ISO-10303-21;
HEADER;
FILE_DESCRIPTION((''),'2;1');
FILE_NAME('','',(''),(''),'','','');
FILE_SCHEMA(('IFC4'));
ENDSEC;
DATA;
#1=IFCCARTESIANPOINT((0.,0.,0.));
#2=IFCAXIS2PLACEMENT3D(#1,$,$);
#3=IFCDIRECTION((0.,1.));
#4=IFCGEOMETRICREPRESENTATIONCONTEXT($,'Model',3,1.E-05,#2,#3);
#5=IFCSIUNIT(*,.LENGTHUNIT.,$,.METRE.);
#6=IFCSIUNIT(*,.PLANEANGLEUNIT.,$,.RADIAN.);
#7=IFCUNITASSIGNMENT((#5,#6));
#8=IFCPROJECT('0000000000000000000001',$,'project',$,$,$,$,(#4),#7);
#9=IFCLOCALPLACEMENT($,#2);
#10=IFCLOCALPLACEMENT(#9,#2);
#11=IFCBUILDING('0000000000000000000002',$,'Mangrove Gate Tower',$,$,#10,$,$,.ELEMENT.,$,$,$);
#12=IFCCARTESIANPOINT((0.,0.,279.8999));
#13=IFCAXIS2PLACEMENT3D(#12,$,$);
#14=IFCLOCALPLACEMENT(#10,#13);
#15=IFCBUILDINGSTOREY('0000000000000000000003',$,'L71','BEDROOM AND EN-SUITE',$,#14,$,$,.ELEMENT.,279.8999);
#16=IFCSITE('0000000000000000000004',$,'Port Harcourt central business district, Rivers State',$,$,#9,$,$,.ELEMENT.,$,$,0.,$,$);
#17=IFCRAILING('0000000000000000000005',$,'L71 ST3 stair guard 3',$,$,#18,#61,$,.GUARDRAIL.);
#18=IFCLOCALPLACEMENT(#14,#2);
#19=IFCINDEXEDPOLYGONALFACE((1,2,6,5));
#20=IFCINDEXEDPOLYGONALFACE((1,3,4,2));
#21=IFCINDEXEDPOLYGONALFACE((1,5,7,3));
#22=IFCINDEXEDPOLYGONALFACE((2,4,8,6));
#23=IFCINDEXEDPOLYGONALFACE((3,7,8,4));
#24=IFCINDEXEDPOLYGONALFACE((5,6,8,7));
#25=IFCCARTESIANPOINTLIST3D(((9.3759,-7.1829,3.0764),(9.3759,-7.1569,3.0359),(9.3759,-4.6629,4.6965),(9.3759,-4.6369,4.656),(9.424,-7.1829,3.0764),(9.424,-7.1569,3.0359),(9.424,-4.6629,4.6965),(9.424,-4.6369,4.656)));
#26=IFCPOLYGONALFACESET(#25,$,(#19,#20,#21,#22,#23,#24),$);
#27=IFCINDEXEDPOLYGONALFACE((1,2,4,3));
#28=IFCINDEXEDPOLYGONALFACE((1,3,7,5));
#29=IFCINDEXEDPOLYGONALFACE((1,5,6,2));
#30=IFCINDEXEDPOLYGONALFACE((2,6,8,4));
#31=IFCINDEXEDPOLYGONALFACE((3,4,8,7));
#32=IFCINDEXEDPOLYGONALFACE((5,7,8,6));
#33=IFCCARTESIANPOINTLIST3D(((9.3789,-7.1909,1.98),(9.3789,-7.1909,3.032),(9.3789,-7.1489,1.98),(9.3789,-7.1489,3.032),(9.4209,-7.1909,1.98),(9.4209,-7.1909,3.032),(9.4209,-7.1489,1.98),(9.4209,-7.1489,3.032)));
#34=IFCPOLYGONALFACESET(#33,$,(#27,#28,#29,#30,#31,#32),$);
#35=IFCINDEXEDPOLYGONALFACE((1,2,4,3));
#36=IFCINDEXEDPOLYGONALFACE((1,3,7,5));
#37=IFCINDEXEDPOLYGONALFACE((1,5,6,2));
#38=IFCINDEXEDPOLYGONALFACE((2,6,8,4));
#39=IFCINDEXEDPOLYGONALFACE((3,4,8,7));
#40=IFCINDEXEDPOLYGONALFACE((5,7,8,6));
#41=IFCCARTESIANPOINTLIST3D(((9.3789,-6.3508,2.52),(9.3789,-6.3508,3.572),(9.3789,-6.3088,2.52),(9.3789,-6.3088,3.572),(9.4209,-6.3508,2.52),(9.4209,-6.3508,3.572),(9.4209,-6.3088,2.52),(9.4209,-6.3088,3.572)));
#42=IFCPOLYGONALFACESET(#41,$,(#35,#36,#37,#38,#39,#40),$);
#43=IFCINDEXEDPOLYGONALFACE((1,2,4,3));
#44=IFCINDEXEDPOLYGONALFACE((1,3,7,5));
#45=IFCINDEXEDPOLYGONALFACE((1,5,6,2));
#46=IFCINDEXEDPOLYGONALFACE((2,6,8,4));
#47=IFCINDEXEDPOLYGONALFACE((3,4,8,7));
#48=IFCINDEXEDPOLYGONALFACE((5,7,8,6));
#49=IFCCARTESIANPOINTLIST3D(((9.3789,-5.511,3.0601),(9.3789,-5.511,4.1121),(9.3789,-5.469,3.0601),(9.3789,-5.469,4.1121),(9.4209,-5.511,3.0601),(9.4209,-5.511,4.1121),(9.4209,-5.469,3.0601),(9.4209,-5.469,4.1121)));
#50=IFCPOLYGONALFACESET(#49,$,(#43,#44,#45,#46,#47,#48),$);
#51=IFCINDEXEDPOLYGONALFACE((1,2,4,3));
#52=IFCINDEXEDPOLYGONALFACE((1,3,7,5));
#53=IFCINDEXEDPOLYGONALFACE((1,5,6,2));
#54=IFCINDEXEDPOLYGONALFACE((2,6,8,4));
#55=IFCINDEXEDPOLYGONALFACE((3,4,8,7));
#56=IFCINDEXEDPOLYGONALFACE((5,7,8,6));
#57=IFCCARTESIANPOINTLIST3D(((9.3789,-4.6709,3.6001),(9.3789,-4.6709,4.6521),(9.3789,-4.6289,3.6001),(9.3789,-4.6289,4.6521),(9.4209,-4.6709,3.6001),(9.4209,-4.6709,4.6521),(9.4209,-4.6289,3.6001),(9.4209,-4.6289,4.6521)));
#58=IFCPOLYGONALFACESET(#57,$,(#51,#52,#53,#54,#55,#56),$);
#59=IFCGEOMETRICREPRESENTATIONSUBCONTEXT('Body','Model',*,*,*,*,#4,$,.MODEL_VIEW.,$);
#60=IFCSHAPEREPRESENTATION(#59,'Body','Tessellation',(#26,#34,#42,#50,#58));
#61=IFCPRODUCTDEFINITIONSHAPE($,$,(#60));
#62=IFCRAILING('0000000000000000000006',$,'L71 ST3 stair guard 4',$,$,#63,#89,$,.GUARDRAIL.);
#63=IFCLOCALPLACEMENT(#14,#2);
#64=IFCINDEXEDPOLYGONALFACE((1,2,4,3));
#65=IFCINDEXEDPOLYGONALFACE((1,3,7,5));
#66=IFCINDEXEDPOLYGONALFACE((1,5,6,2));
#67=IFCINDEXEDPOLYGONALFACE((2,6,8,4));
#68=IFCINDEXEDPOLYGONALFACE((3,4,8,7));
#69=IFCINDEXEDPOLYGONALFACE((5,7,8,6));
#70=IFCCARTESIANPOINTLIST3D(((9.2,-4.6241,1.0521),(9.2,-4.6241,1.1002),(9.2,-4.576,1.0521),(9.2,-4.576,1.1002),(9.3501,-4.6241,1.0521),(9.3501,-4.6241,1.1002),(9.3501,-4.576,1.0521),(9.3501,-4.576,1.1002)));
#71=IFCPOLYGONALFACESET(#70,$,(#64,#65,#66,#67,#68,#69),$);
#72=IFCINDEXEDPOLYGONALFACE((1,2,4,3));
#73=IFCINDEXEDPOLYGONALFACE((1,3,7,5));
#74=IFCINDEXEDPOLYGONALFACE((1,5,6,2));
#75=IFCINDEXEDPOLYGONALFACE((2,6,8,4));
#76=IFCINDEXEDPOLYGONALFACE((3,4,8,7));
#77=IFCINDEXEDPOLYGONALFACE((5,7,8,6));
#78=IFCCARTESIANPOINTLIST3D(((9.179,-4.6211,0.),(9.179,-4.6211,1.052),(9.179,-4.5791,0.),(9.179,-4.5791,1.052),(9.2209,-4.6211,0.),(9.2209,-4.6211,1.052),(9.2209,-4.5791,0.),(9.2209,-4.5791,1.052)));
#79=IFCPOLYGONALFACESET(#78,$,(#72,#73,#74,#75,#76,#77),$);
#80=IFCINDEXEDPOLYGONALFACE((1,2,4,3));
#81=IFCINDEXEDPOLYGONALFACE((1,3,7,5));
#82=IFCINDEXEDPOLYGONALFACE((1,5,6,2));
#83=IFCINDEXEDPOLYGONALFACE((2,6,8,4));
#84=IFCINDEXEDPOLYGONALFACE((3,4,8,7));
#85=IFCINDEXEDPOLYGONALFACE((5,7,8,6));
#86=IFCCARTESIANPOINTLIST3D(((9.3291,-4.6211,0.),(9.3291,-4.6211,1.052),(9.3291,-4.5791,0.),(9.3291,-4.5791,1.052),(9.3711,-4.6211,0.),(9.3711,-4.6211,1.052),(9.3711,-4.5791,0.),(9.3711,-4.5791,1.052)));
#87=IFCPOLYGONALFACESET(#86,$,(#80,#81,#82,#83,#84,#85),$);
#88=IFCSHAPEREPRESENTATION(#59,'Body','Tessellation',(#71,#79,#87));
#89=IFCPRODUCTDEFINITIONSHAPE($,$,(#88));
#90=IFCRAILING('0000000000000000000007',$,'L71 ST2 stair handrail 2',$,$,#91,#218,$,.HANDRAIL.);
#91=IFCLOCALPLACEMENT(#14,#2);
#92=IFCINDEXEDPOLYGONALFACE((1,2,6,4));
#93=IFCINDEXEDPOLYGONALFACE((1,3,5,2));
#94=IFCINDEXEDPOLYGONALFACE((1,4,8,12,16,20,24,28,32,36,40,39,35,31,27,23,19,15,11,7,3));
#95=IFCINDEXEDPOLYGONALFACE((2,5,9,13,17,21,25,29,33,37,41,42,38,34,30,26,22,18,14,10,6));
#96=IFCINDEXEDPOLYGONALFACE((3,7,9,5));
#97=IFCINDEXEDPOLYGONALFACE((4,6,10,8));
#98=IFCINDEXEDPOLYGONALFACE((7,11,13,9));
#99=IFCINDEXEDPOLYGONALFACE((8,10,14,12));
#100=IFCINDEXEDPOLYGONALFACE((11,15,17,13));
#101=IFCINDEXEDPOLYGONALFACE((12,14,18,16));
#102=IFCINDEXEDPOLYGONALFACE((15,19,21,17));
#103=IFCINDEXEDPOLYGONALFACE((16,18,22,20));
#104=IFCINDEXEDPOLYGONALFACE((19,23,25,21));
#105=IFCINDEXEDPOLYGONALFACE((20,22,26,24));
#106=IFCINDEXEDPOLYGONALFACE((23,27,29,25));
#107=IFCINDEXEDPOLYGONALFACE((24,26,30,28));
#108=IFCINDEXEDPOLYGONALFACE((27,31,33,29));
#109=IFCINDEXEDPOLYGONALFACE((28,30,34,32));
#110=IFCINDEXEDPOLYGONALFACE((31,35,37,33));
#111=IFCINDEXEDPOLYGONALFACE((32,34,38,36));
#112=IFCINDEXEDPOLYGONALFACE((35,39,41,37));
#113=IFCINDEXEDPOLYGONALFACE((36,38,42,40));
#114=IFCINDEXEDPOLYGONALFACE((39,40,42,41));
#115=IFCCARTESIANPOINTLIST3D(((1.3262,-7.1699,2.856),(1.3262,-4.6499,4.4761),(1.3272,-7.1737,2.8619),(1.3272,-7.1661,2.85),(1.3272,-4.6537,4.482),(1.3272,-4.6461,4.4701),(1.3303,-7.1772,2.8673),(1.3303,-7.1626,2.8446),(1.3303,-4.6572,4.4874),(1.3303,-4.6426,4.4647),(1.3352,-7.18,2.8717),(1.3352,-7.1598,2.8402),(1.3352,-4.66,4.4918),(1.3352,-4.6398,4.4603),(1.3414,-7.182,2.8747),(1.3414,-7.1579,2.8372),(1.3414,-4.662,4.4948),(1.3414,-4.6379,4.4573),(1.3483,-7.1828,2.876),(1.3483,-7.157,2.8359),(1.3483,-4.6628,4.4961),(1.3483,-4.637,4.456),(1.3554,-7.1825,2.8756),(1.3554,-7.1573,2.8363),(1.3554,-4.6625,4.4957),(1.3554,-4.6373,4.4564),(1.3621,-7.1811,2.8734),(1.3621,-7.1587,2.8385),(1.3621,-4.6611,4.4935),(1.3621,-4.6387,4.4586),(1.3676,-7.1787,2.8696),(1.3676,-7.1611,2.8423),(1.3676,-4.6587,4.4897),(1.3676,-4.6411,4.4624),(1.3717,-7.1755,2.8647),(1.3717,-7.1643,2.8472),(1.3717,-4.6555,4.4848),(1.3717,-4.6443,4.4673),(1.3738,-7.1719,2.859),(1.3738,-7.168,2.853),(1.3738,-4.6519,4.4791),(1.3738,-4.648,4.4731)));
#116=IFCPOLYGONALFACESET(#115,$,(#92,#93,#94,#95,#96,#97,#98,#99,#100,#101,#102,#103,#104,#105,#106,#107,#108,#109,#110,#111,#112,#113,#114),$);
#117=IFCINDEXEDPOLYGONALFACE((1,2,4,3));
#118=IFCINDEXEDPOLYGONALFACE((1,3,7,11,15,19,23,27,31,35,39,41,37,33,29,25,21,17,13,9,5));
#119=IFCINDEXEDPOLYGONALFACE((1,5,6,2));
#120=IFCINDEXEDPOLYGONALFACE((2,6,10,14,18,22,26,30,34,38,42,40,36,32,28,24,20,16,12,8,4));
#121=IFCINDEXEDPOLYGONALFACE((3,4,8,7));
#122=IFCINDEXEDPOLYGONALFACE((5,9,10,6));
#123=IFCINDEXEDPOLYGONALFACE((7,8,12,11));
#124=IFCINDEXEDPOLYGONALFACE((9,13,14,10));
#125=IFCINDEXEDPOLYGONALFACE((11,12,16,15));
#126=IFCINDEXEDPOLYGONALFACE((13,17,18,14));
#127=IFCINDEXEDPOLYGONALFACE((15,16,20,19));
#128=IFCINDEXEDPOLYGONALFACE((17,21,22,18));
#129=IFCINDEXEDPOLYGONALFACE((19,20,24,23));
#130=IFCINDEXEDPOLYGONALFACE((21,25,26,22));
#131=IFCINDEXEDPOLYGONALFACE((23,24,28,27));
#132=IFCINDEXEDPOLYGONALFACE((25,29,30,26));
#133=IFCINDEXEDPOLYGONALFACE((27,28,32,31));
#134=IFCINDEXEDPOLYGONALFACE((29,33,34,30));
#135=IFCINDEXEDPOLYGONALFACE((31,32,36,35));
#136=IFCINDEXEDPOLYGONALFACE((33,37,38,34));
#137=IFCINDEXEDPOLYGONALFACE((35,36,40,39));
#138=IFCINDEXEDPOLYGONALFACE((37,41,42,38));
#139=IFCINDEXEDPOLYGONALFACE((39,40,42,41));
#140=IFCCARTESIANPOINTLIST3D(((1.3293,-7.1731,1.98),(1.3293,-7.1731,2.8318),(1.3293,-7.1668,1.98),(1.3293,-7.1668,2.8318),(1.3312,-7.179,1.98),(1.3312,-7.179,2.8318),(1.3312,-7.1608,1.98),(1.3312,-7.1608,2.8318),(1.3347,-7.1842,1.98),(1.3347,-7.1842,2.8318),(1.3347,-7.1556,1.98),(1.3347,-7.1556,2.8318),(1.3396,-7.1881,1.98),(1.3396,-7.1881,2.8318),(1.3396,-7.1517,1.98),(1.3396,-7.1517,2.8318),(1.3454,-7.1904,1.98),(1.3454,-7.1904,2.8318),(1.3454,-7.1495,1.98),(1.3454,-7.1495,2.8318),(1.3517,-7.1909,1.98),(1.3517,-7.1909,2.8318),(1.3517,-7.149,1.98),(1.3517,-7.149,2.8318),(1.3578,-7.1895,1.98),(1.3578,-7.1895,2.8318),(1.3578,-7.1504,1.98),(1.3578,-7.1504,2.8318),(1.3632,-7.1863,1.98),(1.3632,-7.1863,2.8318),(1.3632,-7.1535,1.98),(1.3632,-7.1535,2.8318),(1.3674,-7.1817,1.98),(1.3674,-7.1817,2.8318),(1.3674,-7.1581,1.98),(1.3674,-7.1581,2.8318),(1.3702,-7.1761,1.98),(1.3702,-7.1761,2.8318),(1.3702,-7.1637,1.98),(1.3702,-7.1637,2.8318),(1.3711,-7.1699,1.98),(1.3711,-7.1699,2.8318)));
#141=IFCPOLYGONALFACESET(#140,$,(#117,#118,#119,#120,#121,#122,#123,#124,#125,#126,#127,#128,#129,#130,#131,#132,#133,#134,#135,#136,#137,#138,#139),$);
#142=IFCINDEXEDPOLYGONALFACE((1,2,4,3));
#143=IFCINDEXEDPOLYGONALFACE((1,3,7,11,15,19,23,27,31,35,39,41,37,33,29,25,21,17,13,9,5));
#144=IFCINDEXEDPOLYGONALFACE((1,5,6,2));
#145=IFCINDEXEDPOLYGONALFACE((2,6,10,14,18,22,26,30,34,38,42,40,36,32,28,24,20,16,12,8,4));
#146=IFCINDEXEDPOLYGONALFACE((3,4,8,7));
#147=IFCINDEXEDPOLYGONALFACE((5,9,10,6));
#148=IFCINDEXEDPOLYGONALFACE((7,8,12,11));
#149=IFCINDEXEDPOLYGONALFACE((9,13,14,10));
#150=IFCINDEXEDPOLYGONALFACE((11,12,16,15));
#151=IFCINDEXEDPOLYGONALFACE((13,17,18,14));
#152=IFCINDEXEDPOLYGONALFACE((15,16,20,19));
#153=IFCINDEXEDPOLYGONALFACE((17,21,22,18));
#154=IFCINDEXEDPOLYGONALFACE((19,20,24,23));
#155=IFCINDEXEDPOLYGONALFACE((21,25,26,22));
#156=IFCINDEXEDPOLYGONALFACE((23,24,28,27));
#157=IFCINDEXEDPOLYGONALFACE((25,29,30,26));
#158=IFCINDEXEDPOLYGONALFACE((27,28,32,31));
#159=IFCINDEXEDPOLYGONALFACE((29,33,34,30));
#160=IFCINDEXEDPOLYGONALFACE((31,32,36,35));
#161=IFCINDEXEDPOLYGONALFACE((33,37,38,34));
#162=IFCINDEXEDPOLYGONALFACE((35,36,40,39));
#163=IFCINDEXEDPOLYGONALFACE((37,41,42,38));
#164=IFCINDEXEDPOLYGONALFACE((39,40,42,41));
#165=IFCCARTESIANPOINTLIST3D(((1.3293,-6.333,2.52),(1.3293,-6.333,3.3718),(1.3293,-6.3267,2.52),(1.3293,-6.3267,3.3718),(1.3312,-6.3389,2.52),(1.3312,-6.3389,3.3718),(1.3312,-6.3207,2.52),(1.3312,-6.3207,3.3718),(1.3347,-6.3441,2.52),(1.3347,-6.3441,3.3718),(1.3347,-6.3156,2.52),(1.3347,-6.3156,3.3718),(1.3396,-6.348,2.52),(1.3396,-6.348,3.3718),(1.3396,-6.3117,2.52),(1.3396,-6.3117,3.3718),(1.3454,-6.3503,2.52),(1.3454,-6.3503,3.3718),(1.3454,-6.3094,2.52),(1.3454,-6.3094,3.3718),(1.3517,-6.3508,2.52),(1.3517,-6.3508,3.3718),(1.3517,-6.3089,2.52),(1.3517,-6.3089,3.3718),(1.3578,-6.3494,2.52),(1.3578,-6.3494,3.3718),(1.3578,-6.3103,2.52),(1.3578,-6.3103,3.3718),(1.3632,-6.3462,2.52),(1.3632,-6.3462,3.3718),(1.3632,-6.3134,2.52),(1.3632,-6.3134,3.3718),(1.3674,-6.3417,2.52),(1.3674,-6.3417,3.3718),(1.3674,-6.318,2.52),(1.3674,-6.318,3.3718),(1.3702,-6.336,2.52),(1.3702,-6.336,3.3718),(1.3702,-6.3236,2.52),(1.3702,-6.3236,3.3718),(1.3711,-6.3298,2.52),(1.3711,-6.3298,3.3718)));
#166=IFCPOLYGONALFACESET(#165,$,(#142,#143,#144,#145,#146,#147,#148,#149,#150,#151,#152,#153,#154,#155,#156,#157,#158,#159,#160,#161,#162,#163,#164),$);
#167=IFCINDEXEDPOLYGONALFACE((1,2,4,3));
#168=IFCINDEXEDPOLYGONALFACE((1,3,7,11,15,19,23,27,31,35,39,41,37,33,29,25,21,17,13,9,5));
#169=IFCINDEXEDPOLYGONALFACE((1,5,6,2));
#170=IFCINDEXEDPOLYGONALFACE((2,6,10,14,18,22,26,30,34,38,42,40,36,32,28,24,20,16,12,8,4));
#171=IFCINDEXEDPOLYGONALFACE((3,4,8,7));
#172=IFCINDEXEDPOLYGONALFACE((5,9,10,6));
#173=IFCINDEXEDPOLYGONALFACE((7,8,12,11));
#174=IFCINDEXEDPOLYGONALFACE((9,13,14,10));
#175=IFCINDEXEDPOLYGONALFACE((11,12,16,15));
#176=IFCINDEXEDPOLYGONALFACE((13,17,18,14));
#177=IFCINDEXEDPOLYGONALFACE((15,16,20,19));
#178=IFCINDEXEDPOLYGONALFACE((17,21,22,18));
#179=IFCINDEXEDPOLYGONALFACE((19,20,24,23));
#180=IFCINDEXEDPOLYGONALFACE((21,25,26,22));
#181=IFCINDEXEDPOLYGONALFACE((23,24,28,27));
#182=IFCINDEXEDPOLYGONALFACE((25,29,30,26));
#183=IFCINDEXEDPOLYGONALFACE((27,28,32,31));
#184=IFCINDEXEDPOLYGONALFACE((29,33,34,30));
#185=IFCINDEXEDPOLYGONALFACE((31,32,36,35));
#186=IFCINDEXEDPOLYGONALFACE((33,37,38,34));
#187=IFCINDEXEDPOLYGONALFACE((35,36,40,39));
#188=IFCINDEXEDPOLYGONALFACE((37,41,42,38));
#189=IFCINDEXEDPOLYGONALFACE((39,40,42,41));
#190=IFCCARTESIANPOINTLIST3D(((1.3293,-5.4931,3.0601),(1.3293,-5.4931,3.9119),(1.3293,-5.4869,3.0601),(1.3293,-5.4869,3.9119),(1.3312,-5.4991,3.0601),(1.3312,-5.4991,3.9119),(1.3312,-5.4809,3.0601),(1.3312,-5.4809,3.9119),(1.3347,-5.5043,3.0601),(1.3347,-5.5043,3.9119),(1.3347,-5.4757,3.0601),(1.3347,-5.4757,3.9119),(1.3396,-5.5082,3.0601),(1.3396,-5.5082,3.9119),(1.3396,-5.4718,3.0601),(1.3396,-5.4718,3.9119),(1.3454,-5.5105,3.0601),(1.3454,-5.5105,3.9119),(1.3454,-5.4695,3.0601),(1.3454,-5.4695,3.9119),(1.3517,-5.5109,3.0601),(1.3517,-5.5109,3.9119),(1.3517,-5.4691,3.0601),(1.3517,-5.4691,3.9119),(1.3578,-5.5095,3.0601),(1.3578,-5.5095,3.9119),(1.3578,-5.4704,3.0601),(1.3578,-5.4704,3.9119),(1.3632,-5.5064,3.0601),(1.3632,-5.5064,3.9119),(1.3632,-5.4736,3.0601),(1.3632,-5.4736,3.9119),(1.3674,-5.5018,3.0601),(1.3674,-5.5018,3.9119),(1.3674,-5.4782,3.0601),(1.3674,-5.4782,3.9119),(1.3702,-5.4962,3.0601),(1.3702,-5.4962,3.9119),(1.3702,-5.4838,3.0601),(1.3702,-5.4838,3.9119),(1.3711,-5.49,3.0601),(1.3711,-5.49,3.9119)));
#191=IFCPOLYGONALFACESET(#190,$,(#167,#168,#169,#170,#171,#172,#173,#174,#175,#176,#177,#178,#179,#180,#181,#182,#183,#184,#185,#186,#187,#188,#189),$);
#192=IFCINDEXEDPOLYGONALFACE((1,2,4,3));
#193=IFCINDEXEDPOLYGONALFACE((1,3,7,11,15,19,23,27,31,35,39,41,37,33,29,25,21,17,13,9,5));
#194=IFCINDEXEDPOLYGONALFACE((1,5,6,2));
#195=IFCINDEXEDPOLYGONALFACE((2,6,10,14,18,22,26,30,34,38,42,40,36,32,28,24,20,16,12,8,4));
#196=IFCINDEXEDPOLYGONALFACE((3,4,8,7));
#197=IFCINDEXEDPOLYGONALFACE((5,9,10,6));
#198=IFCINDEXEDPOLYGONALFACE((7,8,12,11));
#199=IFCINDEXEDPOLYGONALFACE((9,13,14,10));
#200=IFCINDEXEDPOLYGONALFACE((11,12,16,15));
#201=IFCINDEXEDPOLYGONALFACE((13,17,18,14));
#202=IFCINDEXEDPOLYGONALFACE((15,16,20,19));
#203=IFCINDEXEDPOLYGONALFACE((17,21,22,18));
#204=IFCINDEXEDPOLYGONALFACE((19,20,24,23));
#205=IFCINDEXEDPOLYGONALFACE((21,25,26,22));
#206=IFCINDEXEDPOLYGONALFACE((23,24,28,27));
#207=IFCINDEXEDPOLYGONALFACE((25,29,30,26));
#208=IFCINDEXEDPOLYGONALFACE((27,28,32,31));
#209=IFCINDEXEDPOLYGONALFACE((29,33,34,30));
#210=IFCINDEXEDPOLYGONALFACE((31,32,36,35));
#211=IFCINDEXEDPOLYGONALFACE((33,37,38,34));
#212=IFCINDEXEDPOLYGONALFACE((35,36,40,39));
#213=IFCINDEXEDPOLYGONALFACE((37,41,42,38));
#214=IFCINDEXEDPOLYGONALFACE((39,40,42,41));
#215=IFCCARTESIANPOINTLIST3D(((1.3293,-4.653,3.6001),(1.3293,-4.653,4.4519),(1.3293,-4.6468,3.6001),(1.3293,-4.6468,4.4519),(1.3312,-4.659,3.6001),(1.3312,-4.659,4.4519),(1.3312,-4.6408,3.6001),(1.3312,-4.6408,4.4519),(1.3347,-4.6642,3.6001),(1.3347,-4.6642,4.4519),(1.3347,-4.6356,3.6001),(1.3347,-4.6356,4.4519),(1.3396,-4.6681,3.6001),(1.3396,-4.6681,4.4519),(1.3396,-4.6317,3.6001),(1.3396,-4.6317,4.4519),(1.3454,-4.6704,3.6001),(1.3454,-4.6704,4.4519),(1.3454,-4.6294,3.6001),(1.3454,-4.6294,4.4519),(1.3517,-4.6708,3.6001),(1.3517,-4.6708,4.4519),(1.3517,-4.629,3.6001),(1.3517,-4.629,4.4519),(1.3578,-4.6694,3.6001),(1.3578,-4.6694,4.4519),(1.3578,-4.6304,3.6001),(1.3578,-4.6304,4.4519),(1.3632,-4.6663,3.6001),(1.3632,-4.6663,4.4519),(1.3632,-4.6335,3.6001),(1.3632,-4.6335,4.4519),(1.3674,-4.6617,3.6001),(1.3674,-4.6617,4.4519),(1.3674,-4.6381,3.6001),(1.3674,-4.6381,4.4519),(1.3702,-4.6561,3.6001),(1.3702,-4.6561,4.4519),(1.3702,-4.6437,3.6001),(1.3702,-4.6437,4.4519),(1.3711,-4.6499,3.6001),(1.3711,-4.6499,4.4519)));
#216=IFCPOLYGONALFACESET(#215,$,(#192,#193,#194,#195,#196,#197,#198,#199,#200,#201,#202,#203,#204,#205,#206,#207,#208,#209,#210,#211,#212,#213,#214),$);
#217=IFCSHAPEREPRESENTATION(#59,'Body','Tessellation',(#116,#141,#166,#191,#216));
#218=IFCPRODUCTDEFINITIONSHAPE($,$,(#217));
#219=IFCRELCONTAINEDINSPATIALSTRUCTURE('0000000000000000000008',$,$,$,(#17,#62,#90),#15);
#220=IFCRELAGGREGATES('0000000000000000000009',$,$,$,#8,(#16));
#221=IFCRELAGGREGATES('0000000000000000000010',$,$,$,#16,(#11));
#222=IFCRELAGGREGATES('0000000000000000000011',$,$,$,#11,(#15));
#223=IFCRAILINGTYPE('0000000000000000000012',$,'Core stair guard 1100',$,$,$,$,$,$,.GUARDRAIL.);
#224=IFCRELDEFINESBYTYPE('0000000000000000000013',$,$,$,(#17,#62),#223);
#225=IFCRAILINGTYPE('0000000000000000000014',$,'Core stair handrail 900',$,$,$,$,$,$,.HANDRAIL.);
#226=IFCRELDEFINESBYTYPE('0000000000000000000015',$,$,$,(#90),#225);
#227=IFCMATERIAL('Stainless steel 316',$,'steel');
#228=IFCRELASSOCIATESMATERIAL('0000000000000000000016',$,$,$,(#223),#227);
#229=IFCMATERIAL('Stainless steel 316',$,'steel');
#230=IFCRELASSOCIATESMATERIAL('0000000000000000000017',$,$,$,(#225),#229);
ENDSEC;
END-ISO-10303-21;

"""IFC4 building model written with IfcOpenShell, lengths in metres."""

from ifc_helpers import new_model, si_unit, direction, frame, origin, origin_2d, place, context, subcontext, project, spatial, rectangle, circle, extrude, material, type_object, element, save


model = new_model("IFC4")

# Units and contexts
model_context = context("Model", 3, precision=1e-05, world=origin(), true_north=direction((0.0, 1.0)))
body_context = subcontext(model_context, "Body", "Model", "MODEL_VIEW")
ifc_project = project(units=[si_unit("LENGTHUNIT", "METRE"), si_unit("PLANEANGLEUNIT", "RADIAN")], contexts=[model_context])

# Site, building, storey
site_placement = place(None, origin())
site = spatial("IfcSite", under=ifc_project, at=site_placement, Name="Port Harcourt central business district, Rivers State", CompositionType="ELEMENT", RefElevation=0.0)
building_placement = place(site_placement, origin())
building = spatial("IfcBuilding", under=site, at=building_placement, Name="Mangrove Gate Tower", CompositionType="ELEMENT")
storey_placement = place(building_placement, frame((0.0, 0.0, 279.8999)))
storey = spatial("IfcBuildingStorey", under=building, at=storey_placement, Name="L71", Description="BEDROOM AND EN-SUITE", CompositionType="ELEMENT", Elevation=279.8999)

# Railings
ifc_material_1 = material(Name="Stainless steel 316", Category="steel")
railing_type_1 = type_object("IfcRailingType", Name="Core stair guard 1100", PredefinedType="GUARDRAIL", material=ifc_material_1)
railing_1_placement = place(storey_placement, frame((9.3999, -7.1699, 1.98)))
element("IfcRailing", 1, at=railing_1_placement, inside=storey, type_object=railing_type_1, Name="L71 ST3 stair guard 3", PredefinedType="GUARDRAIL", context=body_context, shape_type="SweptSolid", body=[
    extrude(rectangle(XDim=0.0481, YDim=0.0481, at=origin_2d()), frame((0.0, 0.0, 1.0762), z_axis=(0.0, 0.841163, 0.540782), x_axis=(-1.0, 0.0, 0.0)), (0.0, 0.0, 1.0), 2.9958),
    extrude(rectangle(XDim=0.042, YDim=0.042, at=origin_2d()), origin(), (0.0, 0.0, 1.0), 1.052),
    extrude(rectangle(XDim=0.042, YDim=0.042, at=origin_2d()), frame((0.0, 0.8401, 0.54)), (0.0, 0.0, 1.0), 1.052),
    extrude(rectangle(XDim=0.042, YDim=0.042, at=origin_2d()), frame((0.0, 1.6799, 1.0801)), (0.0, 0.0, 1.0), 1.052),
    extrude(rectangle(XDim=0.042, YDim=0.042, at=origin_2d()), frame((0.0, 2.52, 1.6201)), (0.0, 0.0, 1.0), 1.052),
])
railing_2_placement = place(storey_placement, frame((9.2, -4.6001, 0.0)))
element("IfcRailing", 2, at=railing_2_placement, inside=storey, type_object=railing_type_1, Name="L71 ST3 stair guard 4", PredefinedType="GUARDRAIL", context=body_context, shape_type="SweptSolid", body=[
    extrude(rectangle(XDim=0.0481, YDim=0.0481, at=origin_2d()), frame((0.0, 0.0, 1.0762), z_axis=(1.0, 0.0, 0.0), x_axis=(0.0, 1.0, 0.0)), (0.0, 0.0, 1.0), 0.1501),
    extrude(rectangle(XDim=0.042, YDim=0.042, at=origin_2d()), origin(), (0.0, 0.0, 1.0), 1.052),
    extrude(rectangle(XDim=0.042, YDim=0.042, at=origin_2d()), frame((0.1501, 0.0, 0.0)), (0.0, 0.0, 1.0), 1.052),
])
ifc_material_2 = material(Name="Stainless steel 316", Category="steel")
railing_type_2 = type_object("IfcRailingType", Name="Core stair handrail 900", PredefinedType="HANDRAIL", material=ifc_material_2)
railing_3_placement = place(storey_placement, frame((1.3501, -7.1699, 1.98)))
element("IfcRailing", 3, at=railing_3_placement, inside=storey, type_object=railing_type_2, Name="L71 ST2 stair handrail 2", PredefinedType="HANDRAIL", context=body_context, shape_type="SweptSolid", body=[
    extrude(circle(Radius=0.0239, at=origin_2d()), frame((0.0, 0.0, 0.876), z_axis=(0.0, 0.841163, 0.540782), x_axis=(-1.0, 0.0, 0.0)), (0.0, 0.0, 1.0), 2.9958),
    extrude(circle(Radius=0.021, at=origin_2d()), origin(), (0.0, 0.0, 1.0), 0.8518),
    extrude(circle(Radius=0.021, at=origin_2d()), frame((0.0, 0.8401, 0.54)), (0.0, 0.0, 1.0), 0.8518),
    extrude(circle(Radius=0.021, at=origin_2d()), frame((0.0, 1.6799, 1.0801)), (0.0, 0.0, 1.0), 0.8518),
    extrude(circle(Radius=0.021, at=origin_2d()), frame((0.0, 2.52, 1.6201)), (0.0, 0.0, 1.0), 0.8518),
])

save(model, "model.ifc")
